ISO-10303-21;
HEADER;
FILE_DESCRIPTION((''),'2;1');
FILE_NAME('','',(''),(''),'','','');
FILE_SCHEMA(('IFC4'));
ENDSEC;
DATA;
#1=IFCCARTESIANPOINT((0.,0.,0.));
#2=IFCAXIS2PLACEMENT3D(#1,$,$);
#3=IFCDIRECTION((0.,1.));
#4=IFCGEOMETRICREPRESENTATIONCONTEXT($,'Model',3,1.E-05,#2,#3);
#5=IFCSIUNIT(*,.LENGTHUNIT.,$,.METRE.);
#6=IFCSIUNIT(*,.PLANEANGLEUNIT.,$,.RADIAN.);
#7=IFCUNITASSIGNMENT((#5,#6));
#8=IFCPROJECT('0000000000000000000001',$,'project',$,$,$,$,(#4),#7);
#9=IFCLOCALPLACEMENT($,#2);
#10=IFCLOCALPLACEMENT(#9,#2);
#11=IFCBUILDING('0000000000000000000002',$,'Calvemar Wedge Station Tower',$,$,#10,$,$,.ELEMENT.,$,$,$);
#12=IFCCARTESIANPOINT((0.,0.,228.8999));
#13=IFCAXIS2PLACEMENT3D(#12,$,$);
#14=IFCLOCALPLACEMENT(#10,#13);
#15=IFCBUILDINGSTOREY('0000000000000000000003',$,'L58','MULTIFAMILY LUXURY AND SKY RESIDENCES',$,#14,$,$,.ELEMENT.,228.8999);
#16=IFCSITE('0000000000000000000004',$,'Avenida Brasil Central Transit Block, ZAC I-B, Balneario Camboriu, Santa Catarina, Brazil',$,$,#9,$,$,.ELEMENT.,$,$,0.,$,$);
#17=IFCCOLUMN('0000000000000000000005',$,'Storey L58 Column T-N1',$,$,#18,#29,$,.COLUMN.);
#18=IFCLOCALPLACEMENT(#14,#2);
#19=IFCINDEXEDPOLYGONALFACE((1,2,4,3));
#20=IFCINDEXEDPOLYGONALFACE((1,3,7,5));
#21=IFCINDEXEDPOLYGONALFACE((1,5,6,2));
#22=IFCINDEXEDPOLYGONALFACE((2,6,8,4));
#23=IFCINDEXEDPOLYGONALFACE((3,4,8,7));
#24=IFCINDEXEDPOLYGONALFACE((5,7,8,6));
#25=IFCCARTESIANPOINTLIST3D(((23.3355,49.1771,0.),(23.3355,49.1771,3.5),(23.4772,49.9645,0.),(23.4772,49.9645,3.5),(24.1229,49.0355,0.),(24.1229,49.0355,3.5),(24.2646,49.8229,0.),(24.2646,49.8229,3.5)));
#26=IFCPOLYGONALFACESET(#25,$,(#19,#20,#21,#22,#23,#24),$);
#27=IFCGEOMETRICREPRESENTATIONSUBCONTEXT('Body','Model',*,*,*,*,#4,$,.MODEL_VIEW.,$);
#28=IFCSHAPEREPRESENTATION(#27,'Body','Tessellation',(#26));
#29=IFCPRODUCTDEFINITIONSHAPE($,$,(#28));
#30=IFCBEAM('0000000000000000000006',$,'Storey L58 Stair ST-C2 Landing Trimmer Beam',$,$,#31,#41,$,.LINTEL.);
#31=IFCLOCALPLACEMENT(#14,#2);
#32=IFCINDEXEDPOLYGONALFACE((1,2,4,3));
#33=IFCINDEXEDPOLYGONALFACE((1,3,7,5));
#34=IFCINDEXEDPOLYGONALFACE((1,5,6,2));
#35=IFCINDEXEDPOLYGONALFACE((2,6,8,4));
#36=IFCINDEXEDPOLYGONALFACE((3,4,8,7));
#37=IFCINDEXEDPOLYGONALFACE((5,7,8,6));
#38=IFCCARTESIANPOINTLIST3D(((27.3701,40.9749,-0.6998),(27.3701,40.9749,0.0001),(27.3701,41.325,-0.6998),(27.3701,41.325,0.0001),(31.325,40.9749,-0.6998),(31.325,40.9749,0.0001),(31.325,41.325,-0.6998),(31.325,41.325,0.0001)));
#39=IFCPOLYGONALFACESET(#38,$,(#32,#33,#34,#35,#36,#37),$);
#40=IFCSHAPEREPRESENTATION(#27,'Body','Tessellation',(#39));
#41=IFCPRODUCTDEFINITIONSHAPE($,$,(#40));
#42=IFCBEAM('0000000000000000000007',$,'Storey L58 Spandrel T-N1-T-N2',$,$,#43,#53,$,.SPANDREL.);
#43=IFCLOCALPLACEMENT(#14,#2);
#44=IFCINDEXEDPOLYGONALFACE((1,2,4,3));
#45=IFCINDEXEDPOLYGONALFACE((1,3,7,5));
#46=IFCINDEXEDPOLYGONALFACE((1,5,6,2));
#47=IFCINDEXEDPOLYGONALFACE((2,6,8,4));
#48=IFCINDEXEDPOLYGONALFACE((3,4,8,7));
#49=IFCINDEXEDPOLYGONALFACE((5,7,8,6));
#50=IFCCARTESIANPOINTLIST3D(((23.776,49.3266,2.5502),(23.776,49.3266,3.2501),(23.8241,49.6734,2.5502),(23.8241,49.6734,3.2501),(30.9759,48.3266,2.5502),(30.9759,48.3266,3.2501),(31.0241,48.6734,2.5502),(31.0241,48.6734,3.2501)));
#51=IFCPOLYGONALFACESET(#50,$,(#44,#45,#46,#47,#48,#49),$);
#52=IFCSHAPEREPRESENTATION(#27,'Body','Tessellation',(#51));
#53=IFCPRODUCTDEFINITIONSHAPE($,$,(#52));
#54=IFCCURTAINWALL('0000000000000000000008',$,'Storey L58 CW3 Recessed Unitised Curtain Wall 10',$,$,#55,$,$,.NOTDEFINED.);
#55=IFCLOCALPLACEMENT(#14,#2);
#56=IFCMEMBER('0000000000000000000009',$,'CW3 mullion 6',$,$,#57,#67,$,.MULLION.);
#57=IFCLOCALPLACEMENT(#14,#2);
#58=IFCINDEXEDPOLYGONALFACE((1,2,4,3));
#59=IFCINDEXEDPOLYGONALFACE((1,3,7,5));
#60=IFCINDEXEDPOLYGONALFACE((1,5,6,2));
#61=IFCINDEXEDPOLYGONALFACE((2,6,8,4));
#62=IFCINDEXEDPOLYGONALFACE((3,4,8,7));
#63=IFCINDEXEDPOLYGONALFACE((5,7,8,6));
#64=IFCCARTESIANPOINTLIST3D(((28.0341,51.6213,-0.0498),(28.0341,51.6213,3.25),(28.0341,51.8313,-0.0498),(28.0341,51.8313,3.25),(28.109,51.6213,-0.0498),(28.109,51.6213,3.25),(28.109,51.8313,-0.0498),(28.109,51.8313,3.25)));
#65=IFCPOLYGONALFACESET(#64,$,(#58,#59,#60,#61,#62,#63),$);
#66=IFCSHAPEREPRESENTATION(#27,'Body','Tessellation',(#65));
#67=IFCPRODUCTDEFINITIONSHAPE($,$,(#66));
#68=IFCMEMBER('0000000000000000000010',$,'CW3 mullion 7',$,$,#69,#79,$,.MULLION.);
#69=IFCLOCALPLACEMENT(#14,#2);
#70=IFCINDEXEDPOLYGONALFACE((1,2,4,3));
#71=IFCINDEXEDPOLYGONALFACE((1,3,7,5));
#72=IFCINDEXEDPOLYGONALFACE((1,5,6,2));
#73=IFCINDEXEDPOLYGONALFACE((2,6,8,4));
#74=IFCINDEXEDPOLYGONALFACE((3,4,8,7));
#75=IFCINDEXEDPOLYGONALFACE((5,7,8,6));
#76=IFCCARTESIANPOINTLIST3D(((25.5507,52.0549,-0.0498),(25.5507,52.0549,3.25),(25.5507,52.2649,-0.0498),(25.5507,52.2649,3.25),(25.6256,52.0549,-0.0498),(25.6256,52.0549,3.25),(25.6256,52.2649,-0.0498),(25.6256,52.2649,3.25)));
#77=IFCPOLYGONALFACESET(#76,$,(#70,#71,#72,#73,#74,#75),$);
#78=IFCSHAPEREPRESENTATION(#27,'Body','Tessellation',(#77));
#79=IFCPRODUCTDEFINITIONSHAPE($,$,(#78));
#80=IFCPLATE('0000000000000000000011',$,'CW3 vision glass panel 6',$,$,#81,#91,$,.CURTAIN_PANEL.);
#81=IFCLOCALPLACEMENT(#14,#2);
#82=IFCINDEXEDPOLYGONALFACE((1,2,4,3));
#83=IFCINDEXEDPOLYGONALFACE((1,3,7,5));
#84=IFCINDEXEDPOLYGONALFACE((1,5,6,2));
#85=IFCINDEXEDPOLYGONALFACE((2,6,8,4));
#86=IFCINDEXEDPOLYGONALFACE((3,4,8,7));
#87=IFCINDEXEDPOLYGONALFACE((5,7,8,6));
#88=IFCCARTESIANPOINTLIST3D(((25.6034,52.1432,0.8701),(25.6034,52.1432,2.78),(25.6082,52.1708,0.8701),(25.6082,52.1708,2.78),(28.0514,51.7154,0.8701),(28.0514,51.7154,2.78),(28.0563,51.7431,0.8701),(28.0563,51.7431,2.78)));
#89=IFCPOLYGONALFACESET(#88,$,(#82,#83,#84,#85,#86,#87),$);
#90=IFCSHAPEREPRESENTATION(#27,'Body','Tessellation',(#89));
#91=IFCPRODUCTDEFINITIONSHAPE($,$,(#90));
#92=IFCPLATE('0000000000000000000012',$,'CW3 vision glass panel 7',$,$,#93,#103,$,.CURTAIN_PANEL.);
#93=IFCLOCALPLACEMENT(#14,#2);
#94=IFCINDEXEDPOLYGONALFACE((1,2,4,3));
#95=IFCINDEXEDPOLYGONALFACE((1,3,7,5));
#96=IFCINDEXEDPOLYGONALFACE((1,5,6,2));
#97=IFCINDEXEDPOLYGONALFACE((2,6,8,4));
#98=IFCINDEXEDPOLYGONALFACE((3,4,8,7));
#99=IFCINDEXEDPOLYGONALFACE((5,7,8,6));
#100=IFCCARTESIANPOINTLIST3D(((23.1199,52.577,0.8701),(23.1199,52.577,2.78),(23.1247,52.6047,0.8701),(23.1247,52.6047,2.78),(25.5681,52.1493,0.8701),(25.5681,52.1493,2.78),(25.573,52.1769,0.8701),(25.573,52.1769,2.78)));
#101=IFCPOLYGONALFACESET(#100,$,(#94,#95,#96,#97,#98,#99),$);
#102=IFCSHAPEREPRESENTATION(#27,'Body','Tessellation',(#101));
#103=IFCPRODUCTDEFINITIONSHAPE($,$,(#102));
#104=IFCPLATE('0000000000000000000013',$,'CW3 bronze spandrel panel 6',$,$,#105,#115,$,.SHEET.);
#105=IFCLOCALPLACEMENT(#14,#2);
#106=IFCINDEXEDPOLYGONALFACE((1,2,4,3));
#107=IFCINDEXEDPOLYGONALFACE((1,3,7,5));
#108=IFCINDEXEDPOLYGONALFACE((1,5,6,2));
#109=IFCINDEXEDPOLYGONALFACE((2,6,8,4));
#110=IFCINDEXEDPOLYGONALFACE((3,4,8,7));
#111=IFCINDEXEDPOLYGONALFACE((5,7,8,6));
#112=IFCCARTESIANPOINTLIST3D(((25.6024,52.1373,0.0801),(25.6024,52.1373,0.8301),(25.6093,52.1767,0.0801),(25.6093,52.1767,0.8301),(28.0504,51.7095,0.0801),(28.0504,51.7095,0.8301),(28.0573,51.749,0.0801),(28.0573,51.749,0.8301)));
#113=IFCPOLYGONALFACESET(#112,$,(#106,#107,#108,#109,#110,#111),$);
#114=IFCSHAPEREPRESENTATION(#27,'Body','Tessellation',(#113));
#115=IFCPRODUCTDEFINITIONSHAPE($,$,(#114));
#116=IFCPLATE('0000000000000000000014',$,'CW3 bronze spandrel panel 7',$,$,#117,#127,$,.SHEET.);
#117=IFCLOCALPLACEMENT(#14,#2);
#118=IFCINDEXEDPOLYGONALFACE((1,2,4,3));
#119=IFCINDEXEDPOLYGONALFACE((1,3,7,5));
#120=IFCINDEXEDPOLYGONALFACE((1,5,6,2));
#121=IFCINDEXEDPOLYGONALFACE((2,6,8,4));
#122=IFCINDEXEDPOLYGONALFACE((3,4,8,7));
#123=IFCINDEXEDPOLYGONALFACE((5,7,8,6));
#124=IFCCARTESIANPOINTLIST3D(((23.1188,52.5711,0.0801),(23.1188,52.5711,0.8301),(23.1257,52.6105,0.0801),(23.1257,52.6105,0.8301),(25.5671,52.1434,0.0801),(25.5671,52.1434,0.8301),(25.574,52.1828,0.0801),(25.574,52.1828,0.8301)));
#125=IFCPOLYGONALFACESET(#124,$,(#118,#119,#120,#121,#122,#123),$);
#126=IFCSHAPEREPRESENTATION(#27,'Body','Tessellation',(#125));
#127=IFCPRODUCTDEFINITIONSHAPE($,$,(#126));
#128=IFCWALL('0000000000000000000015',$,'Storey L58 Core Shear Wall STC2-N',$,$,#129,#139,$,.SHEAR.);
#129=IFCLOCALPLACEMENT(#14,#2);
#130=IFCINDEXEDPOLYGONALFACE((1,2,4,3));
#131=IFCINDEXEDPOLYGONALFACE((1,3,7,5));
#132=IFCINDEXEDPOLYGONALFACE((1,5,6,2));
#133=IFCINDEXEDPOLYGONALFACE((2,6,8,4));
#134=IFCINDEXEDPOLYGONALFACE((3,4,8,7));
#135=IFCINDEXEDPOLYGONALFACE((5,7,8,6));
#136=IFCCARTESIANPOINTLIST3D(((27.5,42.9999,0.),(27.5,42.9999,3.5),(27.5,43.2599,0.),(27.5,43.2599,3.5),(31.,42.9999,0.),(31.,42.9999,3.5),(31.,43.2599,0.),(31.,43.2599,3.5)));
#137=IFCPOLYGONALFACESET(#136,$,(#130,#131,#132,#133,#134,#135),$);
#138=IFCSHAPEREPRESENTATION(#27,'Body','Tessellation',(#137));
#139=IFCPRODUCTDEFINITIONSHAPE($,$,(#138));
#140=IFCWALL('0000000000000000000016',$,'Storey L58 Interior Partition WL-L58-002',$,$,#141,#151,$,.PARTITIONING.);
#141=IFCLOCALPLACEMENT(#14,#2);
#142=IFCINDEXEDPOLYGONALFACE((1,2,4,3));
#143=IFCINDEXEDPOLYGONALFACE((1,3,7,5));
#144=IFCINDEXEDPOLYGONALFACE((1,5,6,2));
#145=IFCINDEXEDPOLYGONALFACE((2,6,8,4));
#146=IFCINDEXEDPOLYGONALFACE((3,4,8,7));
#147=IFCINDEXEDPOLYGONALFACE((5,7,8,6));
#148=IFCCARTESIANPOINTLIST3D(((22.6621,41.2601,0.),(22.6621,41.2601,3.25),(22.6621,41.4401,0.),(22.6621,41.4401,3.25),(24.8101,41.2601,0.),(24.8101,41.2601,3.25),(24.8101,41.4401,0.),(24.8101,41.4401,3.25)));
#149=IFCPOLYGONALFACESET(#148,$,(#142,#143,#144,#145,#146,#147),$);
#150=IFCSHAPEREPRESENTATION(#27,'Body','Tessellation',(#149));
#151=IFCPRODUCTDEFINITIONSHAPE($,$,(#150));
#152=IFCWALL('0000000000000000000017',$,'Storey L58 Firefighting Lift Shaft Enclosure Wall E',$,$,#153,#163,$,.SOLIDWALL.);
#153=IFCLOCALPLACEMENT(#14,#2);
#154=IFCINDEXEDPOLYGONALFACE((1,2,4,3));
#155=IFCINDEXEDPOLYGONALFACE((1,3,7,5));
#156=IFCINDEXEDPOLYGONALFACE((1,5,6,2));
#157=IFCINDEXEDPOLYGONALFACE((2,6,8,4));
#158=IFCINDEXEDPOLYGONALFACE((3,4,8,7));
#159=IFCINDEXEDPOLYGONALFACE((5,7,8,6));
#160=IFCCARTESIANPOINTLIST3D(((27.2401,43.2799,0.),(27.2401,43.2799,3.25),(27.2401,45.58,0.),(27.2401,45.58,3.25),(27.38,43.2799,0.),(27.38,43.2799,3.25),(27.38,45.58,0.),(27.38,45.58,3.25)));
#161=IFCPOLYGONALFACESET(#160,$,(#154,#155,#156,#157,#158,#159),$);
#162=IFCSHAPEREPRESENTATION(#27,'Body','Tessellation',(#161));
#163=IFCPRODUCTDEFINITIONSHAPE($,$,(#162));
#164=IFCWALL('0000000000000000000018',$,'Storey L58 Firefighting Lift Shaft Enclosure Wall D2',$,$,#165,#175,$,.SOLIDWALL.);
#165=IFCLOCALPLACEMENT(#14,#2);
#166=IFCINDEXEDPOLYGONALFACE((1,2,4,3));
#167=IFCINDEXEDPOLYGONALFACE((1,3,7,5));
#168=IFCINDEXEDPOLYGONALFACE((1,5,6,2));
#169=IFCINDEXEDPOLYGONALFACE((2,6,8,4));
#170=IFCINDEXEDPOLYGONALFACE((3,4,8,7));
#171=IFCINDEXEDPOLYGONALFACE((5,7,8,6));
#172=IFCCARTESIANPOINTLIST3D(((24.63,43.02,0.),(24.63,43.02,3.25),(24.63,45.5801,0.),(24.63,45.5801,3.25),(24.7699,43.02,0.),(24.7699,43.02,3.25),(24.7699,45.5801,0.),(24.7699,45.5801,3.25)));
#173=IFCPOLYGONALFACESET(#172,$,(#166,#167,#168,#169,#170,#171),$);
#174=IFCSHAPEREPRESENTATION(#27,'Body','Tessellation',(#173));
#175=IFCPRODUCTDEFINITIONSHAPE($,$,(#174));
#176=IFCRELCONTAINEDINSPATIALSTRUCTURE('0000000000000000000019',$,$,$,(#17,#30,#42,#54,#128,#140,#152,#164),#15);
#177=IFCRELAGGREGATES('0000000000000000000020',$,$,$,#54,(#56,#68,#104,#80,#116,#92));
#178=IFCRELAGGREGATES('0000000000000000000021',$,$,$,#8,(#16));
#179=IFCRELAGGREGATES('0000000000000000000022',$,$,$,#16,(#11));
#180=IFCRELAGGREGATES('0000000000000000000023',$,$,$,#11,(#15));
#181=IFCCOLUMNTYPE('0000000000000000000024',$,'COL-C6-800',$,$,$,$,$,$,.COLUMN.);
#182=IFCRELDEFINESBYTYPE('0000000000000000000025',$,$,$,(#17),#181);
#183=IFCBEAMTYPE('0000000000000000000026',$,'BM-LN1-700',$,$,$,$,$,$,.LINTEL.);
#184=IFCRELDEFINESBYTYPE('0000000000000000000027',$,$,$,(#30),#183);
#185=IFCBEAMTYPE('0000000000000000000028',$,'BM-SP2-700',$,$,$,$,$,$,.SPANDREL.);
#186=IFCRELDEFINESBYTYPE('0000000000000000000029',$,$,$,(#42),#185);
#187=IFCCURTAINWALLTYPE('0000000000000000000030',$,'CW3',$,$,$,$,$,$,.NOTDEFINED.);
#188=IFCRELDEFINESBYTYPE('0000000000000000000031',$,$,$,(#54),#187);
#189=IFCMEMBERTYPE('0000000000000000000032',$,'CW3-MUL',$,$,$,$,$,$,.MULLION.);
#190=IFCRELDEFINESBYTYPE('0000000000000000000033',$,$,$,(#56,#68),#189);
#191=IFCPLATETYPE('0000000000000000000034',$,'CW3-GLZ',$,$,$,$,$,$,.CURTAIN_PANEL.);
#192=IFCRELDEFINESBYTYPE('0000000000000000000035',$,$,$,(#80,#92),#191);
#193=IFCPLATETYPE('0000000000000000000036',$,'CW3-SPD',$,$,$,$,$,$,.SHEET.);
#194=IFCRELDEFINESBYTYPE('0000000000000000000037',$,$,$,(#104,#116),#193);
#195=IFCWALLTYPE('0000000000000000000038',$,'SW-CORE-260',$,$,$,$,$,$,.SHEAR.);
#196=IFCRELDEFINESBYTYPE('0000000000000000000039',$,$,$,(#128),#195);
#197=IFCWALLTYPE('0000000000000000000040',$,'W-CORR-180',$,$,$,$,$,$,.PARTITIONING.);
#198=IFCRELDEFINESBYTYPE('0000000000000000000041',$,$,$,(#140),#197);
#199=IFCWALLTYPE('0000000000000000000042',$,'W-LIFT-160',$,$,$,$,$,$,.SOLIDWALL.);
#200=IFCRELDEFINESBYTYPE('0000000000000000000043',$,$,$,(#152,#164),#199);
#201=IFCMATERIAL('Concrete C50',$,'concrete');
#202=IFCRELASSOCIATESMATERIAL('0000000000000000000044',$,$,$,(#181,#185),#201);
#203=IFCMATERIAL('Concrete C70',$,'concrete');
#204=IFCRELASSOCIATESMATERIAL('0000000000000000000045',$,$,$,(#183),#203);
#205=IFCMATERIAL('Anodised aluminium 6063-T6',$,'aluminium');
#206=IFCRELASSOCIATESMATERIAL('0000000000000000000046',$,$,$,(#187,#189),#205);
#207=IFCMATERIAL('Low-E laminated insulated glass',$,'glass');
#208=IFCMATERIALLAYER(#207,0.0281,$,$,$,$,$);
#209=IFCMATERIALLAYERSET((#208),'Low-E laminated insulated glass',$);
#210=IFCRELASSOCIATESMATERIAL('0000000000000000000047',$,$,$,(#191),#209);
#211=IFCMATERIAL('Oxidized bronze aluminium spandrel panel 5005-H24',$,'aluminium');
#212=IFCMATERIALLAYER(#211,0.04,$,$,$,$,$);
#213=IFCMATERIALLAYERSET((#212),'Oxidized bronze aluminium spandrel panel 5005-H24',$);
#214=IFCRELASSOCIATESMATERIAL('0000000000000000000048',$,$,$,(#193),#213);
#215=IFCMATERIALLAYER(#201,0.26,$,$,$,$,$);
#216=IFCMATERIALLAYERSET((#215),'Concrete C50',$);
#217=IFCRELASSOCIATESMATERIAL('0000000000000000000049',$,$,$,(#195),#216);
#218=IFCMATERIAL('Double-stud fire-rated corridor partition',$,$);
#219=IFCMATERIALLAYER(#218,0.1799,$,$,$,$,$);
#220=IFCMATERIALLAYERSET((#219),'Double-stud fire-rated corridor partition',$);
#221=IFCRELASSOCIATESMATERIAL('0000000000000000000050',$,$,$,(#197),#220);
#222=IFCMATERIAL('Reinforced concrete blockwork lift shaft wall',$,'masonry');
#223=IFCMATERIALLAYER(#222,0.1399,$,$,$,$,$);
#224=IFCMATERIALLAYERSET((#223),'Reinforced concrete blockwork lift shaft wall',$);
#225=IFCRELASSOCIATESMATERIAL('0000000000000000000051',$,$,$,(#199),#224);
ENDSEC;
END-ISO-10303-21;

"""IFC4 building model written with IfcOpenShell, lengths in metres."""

from ifc_helpers import new_model, si_unit, direction, frame, frame_2d, origin, origin_2d, place, context, subcontext, project, spatial, rectangle, extrude, source, transform, mapped, material, layer, layer_set, material_profile, profile_set, type_object, element, aggregate, save


model = new_model("IFC4")

# Units and contexts
model_context = context("Model", 3, precision=1e-05, world=origin(), true_north=direction((0.0, 1.0)))
body_context = subcontext(model_context, "Body", "Model", "MODEL_VIEW")
ifc_project = project(units=[si_unit("LENGTHUNIT", "METRE"), si_unit("PLANEANGLEUNIT", "RADIAN")], contexts=[model_context])

# Site, building, storey
site_placement = place(None, origin())
site = spatial("IfcSite", under=ifc_project, at=site_placement, Name="Avenida Brasil Central Transit Block, ZAC I-B, Balneario Camboriu, Santa Catarina, Brazil", CompositionType="ELEMENT", RefElevation=0.0)
building_placement = place(site_placement, origin())
building = spatial("IfcBuilding", under=site, at=building_placement, Name="Calvemar Wedge Station Tower", CompositionType="ELEMENT")
storey_placement = place(building_placement, frame((0.0, 0.0, 228.8999)))
storey = spatial("IfcBuildingStorey", under=building, at=storey_placement, Name="L58", Description="MULTIFAMILY LUXURY AND SKY RESIDENCES", CompositionType="ELEMENT", Elevation=228.8999)

# Column
ifc_material_1 = material(Name="Concrete C50", Category="concrete")
ifc_material_profile_1 = material_profile(ifc_material_1, rectangle(XDim=0.8, YDim=0.8, at=origin_2d()), Name="RC800x800")
ifc_profile_set_1 = profile_set([ifc_material_profile_1], Name="Concrete C50")
column_type = type_object("IfcColumnType", Name="COL-C6-800", PredefinedType="COLUMN", material=ifc_profile_set_1)
shared_shape_1 = source(origin(), body_context, "Body", "SweptSolid", [
    extrude(rectangle(XDim=0.8, YDim=0.8, at=origin_2d()), origin(), (0.0, 0.0, 1.0), 3.5),
])
column_placement = place(storey_placement, frame((23.8, 49.5, 0.0), z_axis=(0.0, 0.0, 1.0), x_axis=(0.984196, -0.177085, 0.0)))
element("IfcColumn", 1, at=column_placement, inside=storey, type_object=column_type, Name="Storey L58 Column T-N1", PredefinedType="COLUMN", context=body_context, shape_type="MappedRepresentation", body=[
    mapped(shared_shape_1, transform((0.0, 0.0, 0.0), scale=1.0)),
])

# Beams
ifc_material_2 = material(Name="Concrete C70", Category="concrete")
ifc_material_profile_2 = material_profile(ifc_material_2, rectangle(XDim=0.3501, YDim=0.7, at=origin_2d()), Name="RC350x700")
ifc_profile_set_2 = profile_set([ifc_material_profile_2], Name="Concrete C70")
beam_type_1 = type_object("IfcBeamType", Name="BM-LN1-700", PredefinedType="LINTEL", material=ifc_profile_set_2)
shared_shape_2 = source(origin(), body_context, "Body", "SweptSolid", [
    extrude(rectangle(XDim=0.3501, YDim=0.7, at=origin_2d()), origin(), (0.0, 0.0, 1.0), 3.9548),
])
beam_1_placement = place(storey_placement, frame((27.3701, 41.1499, -0.3499), z_axis=(1.0, 0.0, 0.0), x_axis=(0.0, 1.0, 0.0)))
element("IfcBeam", 2, at=beam_1_placement, inside=storey, type_object=beam_type_1, Name="Storey L58 Stair ST-C2 Landing Trimmer Beam", PredefinedType="LINTEL", context=body_context, shape_type="MappedRepresentation", body=[
    mapped(shared_shape_2, transform((0.0, 0.0, 0.0), scale=1.0)),
])
ifc_material_profile_3 = material_profile(ifc_material_1, rectangle(XDim=0.3501, YDim=0.7, at=origin_2d()), Name="RC350x700")
ifc_profile_set_3 = profile_set([ifc_material_profile_3], Name="Concrete C50")
beam_type_2 = type_object("IfcBeamType", Name="BM-SP2-700", PredefinedType="SPANDREL", material=ifc_profile_set_3)
shared_shape_3 = source(origin(), body_context, "Body", "SweptSolid", [
    extrude(rectangle(XDim=0.3501, YDim=0.7, at=origin_2d()), origin(), (0.0, 0.0, 1.0), 7.269),
])
beam_2_placement = place(storey_placement, frame((23.8, 49.5, 2.9001), z_axis=(0.990492, -0.137569, 0.0), x_axis=(0.137569, 0.990492, 0.0)))
element("IfcBeam", 3, at=beam_2_placement, inside=storey, type_object=beam_type_2, Name="Storey L58 Spandrel T-N1-T-N2", PredefinedType="SPANDREL", context=body_context, shape_type="MappedRepresentation", body=[
    mapped(shared_shape_3, transform((0.0, 0.0, 0.0), scale=1.0)),
])

# Curtain wall, members, plates
ifc_material_3 = material(Name="Anodised aluminium 6063-T6", Category="aluminium")
curtain_wall_type = type_object("IfcCurtainWallType", Name="CW3", PredefinedType="NOTDEFINED", material=ifc_material_3)
curtain_wall_placement = place(storey_placement, origin())
curtain_wall = element("IfcCurtainWall", 4, at=curtain_wall_placement, inside=storey, type_object=curtain_wall_type, Name="Storey L58 CW3 Recessed Unitised Curtain Wall 10", PredefinedType="NOTDEFINED")
ifc_material_profile_4 = material_profile(ifc_material_3, rectangle(XDim=0.075, YDim=0.21, at=origin_2d()), Name="AL-MUL-75x210")
ifc_profile_set_4 = profile_set([ifc_material_profile_4], Name="Anodised aluminium 6063-T6")
member_type = type_object("IfcMemberType", Name="CW3-MUL", PredefinedType="MULLION", material=ifc_profile_set_4)
shared_shape_4 = source(origin(), body_context, "Body", "SweptSolid", [
    extrude(rectangle(XDim=0.075, YDim=0.21, at=origin_2d()), origin(), (0.0, 0.0, 1.0), 3.2998),
])
member_1_placement = place(storey_placement, frame((28.0715, 51.7263, -0.0498), z_axis=(0.0, 0.0, 1.0), x_axis=(1.0, 0.0, 0.0)))
member_1 = element("IfcMember", 5, at=member_1_placement, type_object=member_type, Name="CW3 mullion 6", PredefinedType="MULLION", context=body_context, shape_type="MappedRepresentation", body=[
    mapped(shared_shape_4, transform((0.0, 0.0, 0.0), scale=1.0)),
])
member_2_placement = place(storey_placement, frame((25.5881, 52.1599, -0.0498), z_axis=(0.0, 0.0, 1.0), x_axis=(1.0, 0.0, 0.0)))
member_2 = element("IfcMember", 6, at=member_2_placement, type_object=member_type, Name="CW3 mullion 7", PredefinedType="MULLION", context=body_context, shape_type="MappedRepresentation", body=[
    mapped(shared_shape_4, transform((0.0, 0.0, 0.0), scale=1.0)),
])
ifc_material_4 = material(Name="Low-E laminated insulated glass", Category="glass")
ifc_layer_1 = layer(ifc_material_4, 0.0281)
ifc_layer_set_1 = layer_set([ifc_layer_1], Name="Low-E laminated insulated glass")
plate_type_1 = type_object("IfcPlateType", Name="CW3-GLZ", PredefinedType="CURTAIN_PANEL", material=ifc_layer_set_1)
plate_1_placement = place(storey_placement, frame((28.054, 51.7292, 0.8701), z_axis=(0.0, 0.0, 1.0), x_axis=(-0.985076, 0.172121, 0.0)))
plate_1 = element("IfcPlate", 7, at=plate_1_placement, type_object=plate_type_1, Name="CW3 vision glass panel 6", PredefinedType="CURTAIN_PANEL", context=body_context, shape_type="SweptSolid", body=[
    extrude(rectangle(XDim=2.4851, YDim=0.0281, at=frame_2d((1.2427, 0.0))), origin(), (0.0, 0.0, 1.0), 1.9099),
])
plate_2_placement = place(storey_placement, frame((25.5706, 52.1631, 0.8701), z_axis=(0.0, 0.0, 1.0), x_axis=(-0.985079, 0.172104, 0.0)))
plate_2 = element("IfcPlate", 8, at=plate_2_placement, type_object=plate_type_1, Name="CW3 vision glass panel 7", PredefinedType="CURTAIN_PANEL", context=body_context, shape_type="SweptSolid", body=[
    extrude(rectangle(XDim=2.4854, YDim=0.0281, at=frame_2d((1.2427, 0.0))), origin(), (0.0, 0.0, 1.0), 1.9099),
])
ifc_material_5 = material(Name="Oxidized bronze aluminium spandrel panel 5005-H24", Category="aluminium")
ifc_layer_2 = layer(ifc_material_5, 0.04)
ifc_layer_set_2 = layer_set([ifc_layer_2], Name="Oxidized bronze aluminium spandrel panel 5005-H24")
plate_type_2 = type_object("IfcPlateType", Name="CW3-SPD", PredefinedType="SHEET", material=ifc_layer_set_2)
plate_3_placement = place(storey_placement, frame((28.054, 51.7292, 0.0801), z_axis=(0.0, 0.0, 1.0), x_axis=(-0.985076, 0.172121, 0.0)))
plate_3 = element("IfcPlate", 9, at=plate_3_placement, type_object=plate_type_2, Name="CW3 bronze spandrel panel 6", PredefinedType="SHEET", context=body_context, shape_type="SweptSolid", body=[
    extrude(rectangle(XDim=2.4851, YDim=0.04, at=frame_2d((1.2427, 0.0))), origin(), (0.0, 0.0, 1.0), 0.75),
])
plate_4_placement = place(storey_placement, frame((25.5706, 52.1631, 0.0801), z_axis=(0.0, 0.0, 1.0), x_axis=(-0.985079, 0.172104, 0.0)))
plate_4 = element("IfcPlate", 10, at=plate_4_placement, type_object=plate_type_2, Name="CW3 bronze spandrel panel 7", PredefinedType="SHEET", context=body_context, shape_type="SweptSolid", body=[
    extrude(rectangle(XDim=2.4854, YDim=0.04, at=frame_2d((1.2427, 0.0))), origin(), (0.0, 0.0, 1.0), 0.75),
])
aggregate(curtain_wall, [member_1, member_2, plate_3, plate_1, plate_4, plate_2])

# Walls
ifc_layer_3 = layer(ifc_material_1, 0.26)
ifc_layer_set_3 = layer_set([ifc_layer_3], Name="Concrete C50")
wall_type_1 = type_object("IfcWallType", Name="SW-CORE-260", PredefinedType="SHEAR", material=ifc_layer_set_3)
wall_1_placement = place(storey_placement, frame((27.5, 43.1299, 0.0), z_axis=(0.0, 0.0, 1.0), x_axis=(1.0, 0.0, 0.0)))
element("IfcWall", 11, at=wall_1_placement, inside=storey, type_object=wall_type_1, Name="Storey L58 Core Shear Wall STC2-N", PredefinedType="SHEAR", context=body_context, shape_type="SweptSolid", body=[
    extrude(rectangle(XDim=3.5, YDim=0.26, at=frame_2d((1.75, 0.0))), origin(), (0.0, 0.0, 1.0), 3.5),
])
ifc_material_6 = material(Name="Double-stud fire-rated corridor partition")
ifc_layer_4 = layer(ifc_material_6, 0.1799)
ifc_layer_set_4 = layer_set([ifc_layer_4], Name="Double-stud fire-rated corridor partition")
wall_type_2 = type_object("IfcWallType", Name="W-CORR-180", PredefinedType="PARTITIONING", material=ifc_layer_set_4)
wall_2_placement = place(storey_placement, frame((24.8101, 41.3501, 0.0), z_axis=(0.0, 0.0, 1.0), x_axis=(-1.0, 0.0, 0.0)))
element("IfcWall", 12, at=wall_2_placement, inside=storey, type_object=wall_type_2, Name="Storey L58 Interior Partition WL-L58-002", PredefinedType="PARTITIONING", context=body_context, shape_type="SweptSolid", body=[
    extrude(rectangle(XDim=2.1479, YDim=0.1799, at=frame_2d((1.074, 0.0))), origin(), (0.0, 0.0, 1.0), 3.25),
])

# Walls
ifc_material_7 = material(Name="Reinforced concrete blockwork lift shaft wall", Category="masonry")
ifc_layer_5 = layer(ifc_material_7, 0.1399)
ifc_layer_set_5 = layer_set([ifc_layer_5], Name="Reinforced concrete blockwork lift shaft wall")
wall_type_3 = type_object("IfcWallType", Name="W-LIFT-160", PredefinedType="SOLIDWALL", material=ifc_layer_set_5)
wall_3_placement = place(storey_placement, frame((27.3101, 43.28, 0.0), z_axis=(0.0, 0.0, 1.0), x_axis=(0.0, 1.0, 0.0)))
element("IfcWall", 13, at=wall_3_placement, inside=storey, type_object=wall_type_3, Name="Storey L58 Firefighting Lift Shaft Enclosure Wall E", PredefinedType="SOLIDWALL", context=body_context, shape_type="SweptSolid", body=[
    extrude(rectangle(XDim=2.3, YDim=0.1399, at=frame_2d((1.1499, 0.0))), origin(), (0.0, 0.0, 1.0), 3.25),
])
wall_4_placement = place(storey_placement, frame((24.7, 43.02, 0.0), z_axis=(0.0, 0.0, 1.0), x_axis=(0.0, 1.0, 0.0)))
element("IfcWall", 14, at=wall_4_placement, inside=storey, type_object=wall_type_3, Name="Storey L58 Firefighting Lift Shaft Enclosure Wall D2", PredefinedType="SOLIDWALL", context=body_context, shape_type="SweptSolid", body=[
    extrude(rectangle(XDim=2.5601, YDim=0.1399, at=frame_2d((1.28, 0.0))), origin(), (0.0, 0.0, 1.0), 3.25),
])

save(model, "model.ifc")
